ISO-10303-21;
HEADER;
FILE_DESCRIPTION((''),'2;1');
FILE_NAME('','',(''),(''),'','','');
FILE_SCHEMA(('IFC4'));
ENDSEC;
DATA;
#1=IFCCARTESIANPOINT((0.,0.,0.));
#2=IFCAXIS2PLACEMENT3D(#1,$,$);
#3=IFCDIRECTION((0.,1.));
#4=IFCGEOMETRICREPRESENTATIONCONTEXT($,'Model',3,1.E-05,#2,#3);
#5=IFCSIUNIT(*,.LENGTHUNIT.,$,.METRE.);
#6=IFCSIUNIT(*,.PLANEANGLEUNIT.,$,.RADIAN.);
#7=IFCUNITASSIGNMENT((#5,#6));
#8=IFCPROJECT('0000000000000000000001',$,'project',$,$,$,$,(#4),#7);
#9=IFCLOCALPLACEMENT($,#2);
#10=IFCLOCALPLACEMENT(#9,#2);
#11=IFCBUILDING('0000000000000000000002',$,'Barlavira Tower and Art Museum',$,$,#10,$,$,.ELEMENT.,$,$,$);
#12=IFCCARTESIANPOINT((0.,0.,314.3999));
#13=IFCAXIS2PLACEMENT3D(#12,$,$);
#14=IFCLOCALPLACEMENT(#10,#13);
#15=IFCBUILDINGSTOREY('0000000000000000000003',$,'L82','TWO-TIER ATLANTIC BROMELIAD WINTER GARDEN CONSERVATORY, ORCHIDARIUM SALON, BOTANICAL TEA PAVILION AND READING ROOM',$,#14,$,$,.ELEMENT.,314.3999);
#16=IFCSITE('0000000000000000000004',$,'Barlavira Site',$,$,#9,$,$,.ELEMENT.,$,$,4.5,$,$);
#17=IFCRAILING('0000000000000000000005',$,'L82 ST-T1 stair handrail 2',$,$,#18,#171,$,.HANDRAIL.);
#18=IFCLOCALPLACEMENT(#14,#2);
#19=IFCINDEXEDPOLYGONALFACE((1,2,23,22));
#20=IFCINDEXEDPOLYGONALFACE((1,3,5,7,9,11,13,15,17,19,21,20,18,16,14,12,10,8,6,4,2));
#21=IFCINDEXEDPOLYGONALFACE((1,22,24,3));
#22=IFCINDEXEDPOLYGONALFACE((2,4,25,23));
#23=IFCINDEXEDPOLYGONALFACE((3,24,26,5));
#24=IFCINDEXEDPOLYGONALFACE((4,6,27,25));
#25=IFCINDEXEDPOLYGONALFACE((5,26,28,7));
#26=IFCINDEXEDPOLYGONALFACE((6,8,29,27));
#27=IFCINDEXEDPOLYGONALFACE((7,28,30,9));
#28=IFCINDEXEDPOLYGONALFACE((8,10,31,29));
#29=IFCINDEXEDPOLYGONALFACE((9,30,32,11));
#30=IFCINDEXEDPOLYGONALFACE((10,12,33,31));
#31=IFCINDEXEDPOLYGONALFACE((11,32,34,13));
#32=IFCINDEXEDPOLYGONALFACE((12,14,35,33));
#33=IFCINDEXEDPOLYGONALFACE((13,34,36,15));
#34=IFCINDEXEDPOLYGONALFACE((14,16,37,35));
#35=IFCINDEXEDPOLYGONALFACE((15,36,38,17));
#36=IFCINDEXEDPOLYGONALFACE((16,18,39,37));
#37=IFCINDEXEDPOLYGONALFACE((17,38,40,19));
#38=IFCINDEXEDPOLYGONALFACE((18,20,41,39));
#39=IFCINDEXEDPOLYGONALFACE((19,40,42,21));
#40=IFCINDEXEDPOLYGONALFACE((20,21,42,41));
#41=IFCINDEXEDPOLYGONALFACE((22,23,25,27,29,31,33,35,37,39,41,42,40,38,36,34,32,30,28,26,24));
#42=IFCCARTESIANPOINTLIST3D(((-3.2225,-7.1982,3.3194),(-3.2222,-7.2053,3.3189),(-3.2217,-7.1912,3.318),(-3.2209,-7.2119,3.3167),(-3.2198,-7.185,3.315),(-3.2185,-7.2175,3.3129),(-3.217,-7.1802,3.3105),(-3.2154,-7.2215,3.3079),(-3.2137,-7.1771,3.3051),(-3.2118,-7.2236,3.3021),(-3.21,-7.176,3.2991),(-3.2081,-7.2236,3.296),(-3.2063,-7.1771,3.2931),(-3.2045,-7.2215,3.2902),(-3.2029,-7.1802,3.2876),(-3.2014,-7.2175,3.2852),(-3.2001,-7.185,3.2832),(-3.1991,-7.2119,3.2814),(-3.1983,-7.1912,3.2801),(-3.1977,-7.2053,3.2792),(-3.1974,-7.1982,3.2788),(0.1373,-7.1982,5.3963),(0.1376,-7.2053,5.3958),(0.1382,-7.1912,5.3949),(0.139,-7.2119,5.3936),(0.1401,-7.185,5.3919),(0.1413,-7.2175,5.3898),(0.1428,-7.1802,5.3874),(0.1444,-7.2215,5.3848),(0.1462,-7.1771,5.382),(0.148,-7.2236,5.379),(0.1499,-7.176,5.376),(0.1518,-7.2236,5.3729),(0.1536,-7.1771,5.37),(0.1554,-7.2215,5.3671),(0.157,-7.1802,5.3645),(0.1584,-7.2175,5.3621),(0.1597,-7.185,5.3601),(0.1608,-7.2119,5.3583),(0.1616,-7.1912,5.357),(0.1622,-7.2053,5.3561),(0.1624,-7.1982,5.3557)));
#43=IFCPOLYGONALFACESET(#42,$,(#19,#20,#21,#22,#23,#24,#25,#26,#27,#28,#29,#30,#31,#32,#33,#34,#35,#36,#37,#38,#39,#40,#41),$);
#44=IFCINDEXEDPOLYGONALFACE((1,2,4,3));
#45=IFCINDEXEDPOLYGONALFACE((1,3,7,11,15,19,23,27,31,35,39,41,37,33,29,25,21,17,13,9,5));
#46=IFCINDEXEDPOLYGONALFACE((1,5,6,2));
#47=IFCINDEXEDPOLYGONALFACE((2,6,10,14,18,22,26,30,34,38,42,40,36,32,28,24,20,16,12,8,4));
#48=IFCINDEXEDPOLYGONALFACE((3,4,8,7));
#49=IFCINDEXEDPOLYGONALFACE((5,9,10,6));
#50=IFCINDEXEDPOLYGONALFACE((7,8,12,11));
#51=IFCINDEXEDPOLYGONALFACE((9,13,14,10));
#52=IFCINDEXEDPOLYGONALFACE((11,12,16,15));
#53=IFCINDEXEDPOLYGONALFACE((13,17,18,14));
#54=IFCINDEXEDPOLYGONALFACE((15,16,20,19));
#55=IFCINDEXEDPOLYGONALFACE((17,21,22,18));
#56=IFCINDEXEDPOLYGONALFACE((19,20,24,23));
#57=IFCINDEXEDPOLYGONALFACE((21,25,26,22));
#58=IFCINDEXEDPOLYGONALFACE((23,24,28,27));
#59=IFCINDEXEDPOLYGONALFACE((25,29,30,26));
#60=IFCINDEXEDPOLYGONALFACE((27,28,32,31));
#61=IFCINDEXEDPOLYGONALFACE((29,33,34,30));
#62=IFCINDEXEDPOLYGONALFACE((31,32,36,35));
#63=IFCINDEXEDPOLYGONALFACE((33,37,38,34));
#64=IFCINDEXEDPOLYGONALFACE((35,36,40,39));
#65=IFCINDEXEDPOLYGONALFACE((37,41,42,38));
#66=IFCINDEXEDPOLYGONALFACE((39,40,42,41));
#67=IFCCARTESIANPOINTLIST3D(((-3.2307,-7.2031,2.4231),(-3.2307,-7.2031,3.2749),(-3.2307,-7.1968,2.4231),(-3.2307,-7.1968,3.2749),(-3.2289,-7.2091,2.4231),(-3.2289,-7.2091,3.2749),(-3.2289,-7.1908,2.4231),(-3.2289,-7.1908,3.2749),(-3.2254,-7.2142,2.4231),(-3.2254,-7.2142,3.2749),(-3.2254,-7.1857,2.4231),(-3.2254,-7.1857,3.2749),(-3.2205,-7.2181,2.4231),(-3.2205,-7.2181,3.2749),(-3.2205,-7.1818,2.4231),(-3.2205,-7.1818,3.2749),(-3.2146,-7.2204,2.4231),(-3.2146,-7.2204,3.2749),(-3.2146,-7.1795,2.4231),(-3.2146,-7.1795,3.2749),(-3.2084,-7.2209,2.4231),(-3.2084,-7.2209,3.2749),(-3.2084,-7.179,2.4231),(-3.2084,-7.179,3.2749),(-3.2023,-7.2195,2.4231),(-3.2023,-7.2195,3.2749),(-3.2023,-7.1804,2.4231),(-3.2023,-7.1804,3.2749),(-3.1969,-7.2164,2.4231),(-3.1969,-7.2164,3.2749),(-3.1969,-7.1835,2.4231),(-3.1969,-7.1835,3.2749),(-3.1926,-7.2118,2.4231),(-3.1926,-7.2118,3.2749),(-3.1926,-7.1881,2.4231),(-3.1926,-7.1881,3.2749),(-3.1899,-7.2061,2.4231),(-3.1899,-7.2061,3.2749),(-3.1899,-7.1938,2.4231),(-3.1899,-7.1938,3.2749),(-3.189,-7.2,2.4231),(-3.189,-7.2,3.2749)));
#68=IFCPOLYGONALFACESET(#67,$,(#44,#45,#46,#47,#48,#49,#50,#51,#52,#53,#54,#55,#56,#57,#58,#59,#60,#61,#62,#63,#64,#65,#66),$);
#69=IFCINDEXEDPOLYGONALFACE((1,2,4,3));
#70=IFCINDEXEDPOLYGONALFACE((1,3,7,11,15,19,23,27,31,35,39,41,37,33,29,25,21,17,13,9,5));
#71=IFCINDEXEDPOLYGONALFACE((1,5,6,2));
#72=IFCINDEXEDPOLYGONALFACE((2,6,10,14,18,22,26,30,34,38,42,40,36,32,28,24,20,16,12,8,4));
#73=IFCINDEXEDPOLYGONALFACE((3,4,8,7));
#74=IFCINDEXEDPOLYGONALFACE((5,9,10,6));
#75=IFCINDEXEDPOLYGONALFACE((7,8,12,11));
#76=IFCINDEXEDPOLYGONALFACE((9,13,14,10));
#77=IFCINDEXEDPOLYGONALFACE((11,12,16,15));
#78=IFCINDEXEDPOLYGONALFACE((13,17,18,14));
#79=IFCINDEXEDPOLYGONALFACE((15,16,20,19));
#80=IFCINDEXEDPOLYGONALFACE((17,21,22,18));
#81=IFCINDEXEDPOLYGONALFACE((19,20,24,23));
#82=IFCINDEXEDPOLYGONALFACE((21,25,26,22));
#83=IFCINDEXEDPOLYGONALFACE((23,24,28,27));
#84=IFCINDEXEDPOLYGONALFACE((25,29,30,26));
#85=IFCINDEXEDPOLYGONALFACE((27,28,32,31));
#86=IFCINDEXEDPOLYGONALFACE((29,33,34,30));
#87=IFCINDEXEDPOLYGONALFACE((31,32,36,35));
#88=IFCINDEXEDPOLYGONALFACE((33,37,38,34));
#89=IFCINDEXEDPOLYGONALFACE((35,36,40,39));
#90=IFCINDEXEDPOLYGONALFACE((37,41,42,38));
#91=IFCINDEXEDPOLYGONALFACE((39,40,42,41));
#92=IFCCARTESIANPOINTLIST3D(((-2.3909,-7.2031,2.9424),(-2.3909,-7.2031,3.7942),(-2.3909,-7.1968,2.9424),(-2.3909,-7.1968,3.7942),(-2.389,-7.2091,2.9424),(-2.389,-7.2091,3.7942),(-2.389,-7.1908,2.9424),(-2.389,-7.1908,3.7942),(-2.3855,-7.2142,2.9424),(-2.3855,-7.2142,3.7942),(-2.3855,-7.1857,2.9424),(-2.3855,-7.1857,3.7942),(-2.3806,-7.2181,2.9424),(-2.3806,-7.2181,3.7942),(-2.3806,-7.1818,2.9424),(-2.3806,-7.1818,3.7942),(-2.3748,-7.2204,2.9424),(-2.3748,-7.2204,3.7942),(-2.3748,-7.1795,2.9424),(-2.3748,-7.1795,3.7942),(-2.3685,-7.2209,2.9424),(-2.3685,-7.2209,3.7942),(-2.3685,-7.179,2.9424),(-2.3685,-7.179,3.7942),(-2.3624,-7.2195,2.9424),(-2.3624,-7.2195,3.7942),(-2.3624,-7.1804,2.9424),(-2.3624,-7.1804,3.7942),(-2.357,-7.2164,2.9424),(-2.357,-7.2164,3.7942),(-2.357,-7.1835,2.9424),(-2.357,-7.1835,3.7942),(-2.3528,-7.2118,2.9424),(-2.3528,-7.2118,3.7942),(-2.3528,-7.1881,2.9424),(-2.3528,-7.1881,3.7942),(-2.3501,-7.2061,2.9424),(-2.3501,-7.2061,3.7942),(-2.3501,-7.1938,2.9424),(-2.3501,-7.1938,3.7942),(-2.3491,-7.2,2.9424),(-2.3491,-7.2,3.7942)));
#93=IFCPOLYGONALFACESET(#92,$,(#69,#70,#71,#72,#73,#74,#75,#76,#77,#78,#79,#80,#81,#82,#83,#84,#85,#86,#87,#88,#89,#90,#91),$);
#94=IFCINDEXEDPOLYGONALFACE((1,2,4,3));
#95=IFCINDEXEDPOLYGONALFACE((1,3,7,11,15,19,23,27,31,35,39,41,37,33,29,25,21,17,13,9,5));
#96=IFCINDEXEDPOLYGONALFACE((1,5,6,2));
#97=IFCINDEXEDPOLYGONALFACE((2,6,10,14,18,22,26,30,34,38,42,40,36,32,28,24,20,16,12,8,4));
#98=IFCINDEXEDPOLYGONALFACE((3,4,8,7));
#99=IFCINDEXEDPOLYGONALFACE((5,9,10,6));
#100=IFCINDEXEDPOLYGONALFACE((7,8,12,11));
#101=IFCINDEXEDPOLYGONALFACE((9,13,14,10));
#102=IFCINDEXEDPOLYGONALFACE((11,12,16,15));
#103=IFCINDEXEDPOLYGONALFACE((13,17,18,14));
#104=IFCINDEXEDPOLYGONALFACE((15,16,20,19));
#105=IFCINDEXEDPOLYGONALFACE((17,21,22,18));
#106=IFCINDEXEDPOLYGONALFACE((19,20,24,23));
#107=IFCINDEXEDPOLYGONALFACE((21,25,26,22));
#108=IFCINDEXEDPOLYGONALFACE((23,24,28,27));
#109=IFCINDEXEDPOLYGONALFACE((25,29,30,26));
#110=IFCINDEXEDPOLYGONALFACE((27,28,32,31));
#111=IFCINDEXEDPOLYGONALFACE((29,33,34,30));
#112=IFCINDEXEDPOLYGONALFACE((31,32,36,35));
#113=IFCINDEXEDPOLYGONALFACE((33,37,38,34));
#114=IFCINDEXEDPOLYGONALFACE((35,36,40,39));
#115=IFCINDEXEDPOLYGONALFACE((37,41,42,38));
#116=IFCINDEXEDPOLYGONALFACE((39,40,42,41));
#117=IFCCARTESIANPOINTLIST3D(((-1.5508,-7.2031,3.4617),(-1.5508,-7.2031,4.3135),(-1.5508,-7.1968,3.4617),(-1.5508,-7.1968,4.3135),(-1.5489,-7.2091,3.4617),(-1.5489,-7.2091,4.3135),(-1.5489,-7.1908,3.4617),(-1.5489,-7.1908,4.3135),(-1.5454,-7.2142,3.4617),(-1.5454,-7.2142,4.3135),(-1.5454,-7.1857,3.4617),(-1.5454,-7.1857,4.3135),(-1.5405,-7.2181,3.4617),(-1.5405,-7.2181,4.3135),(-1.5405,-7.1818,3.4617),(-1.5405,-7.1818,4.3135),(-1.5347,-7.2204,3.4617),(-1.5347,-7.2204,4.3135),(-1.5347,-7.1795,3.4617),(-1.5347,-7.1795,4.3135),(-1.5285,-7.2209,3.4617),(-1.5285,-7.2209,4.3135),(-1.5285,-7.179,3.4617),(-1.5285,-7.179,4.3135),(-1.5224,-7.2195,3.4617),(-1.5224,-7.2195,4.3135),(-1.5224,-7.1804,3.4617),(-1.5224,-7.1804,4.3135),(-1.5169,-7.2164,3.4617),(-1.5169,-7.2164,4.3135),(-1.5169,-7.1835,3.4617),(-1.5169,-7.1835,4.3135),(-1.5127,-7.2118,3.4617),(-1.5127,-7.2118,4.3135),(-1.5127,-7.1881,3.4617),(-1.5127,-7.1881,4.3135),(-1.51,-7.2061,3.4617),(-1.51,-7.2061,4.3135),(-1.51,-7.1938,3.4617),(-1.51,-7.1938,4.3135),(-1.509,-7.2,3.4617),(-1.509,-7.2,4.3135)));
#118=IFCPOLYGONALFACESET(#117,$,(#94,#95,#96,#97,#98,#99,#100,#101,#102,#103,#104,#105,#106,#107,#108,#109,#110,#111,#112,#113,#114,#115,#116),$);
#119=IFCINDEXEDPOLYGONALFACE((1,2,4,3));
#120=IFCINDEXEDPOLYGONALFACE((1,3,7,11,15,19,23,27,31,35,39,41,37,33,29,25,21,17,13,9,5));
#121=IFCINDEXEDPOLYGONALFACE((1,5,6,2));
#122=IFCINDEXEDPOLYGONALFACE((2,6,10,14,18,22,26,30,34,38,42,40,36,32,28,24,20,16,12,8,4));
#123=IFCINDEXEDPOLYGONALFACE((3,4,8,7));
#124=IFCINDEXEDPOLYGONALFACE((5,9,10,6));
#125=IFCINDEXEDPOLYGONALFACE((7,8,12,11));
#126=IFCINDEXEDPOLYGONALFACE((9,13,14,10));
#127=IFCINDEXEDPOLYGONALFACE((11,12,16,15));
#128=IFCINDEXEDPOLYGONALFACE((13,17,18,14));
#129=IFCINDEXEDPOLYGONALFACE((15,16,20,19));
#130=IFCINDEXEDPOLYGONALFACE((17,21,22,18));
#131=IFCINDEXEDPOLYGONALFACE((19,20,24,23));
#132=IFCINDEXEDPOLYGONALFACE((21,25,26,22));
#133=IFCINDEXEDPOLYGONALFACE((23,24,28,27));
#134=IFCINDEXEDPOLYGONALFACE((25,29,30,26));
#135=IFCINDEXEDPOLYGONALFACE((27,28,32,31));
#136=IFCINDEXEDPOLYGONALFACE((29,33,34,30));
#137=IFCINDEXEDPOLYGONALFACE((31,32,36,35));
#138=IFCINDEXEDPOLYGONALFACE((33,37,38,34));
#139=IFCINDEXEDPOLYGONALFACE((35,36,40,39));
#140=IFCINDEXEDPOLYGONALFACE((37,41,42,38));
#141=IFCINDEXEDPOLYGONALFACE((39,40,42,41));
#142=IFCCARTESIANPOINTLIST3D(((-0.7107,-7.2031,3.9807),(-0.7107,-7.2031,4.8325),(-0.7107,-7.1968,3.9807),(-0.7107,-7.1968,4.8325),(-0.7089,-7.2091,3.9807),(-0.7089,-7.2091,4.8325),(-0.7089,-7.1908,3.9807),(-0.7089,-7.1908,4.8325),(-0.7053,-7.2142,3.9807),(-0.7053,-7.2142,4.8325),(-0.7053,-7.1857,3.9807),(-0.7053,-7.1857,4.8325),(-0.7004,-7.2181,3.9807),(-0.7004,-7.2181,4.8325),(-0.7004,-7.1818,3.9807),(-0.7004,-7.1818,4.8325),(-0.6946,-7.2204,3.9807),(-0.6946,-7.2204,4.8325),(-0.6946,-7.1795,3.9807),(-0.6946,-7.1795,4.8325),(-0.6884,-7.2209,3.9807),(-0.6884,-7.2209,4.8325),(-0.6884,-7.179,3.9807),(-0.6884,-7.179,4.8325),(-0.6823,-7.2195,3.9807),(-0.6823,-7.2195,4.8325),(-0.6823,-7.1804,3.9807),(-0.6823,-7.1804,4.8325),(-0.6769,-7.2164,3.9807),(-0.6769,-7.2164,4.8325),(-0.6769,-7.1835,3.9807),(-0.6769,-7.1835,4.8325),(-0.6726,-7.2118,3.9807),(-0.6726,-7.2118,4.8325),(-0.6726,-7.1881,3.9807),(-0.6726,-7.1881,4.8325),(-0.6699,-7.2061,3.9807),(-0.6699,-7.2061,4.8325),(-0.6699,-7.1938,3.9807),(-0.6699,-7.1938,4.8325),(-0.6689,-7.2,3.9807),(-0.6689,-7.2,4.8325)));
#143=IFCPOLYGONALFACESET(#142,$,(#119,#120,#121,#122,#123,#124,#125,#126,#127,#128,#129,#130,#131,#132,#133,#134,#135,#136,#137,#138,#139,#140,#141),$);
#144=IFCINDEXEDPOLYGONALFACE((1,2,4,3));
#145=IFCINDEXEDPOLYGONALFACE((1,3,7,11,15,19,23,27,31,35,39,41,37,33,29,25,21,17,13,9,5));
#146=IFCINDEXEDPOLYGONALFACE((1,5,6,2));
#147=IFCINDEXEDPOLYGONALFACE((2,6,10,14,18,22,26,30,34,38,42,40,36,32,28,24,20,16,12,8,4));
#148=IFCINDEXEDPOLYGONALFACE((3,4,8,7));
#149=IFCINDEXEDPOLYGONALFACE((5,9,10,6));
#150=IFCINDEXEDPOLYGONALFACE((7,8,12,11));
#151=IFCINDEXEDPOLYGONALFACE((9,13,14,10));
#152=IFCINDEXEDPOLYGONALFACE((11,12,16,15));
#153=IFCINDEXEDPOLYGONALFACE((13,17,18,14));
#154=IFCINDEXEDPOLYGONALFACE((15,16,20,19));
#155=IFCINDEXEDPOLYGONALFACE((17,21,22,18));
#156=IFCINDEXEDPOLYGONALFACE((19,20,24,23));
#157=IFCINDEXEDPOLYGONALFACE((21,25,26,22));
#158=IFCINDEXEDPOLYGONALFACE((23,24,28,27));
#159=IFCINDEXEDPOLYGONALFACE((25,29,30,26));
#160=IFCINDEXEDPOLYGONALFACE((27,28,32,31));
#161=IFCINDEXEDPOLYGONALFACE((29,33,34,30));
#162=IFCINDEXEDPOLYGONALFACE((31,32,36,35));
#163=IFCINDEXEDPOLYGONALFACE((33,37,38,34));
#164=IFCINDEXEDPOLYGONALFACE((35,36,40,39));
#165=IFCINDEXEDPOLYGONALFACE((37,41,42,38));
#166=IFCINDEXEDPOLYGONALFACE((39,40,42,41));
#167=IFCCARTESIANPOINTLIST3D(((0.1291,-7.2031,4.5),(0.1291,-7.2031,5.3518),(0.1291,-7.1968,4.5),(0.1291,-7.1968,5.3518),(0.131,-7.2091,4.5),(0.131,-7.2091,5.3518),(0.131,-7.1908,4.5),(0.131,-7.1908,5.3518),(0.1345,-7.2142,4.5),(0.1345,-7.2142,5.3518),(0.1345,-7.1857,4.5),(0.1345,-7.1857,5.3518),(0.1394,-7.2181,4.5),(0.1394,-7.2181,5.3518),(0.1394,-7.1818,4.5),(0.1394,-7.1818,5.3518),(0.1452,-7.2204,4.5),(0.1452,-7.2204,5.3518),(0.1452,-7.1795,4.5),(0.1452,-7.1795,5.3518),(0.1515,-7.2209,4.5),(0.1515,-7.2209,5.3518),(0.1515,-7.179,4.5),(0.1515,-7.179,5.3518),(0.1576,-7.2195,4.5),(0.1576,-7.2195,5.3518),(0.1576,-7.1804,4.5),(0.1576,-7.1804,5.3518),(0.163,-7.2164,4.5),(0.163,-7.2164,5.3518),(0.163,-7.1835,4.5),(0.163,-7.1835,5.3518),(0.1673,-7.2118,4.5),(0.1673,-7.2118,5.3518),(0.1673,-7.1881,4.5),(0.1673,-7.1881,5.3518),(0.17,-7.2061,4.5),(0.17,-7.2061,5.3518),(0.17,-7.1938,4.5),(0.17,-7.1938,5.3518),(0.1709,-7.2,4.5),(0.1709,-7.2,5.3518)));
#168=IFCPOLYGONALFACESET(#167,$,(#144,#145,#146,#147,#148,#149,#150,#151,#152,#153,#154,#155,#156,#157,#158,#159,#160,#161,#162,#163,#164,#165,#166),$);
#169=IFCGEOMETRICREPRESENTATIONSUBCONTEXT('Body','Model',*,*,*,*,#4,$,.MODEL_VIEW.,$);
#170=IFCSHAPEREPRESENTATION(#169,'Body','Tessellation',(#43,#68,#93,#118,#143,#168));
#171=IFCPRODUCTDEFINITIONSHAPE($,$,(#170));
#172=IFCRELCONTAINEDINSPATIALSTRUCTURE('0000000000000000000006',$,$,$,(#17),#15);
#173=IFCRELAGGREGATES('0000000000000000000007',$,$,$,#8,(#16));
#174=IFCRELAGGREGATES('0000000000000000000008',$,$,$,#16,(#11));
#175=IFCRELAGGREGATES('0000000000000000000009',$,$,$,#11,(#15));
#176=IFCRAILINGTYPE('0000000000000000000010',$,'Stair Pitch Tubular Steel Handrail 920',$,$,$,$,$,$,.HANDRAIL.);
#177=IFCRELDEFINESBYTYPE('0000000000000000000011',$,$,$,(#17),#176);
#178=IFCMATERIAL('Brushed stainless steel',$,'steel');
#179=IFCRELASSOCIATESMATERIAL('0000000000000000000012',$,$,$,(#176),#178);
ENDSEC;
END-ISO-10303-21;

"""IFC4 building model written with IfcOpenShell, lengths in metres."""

from ifc_helpers import new_model, si_unit, direction, frame, origin, origin_2d, place, context, subcontext, project, spatial, circle, extrude, material, type_object, element, save


model = new_model("IFC4")

# Units and contexts
model_context = context("Model", 3, precision=1e-05, world=origin(), true_north=direction((0.0, 1.0)))
body_context = subcontext(model_context, "Body", "Model", "MODEL_VIEW")
ifc_project = project(units=[si_unit("LENGTHUNIT", "METRE"), si_unit("PLANEANGLEUNIT", "RADIAN")], contexts=[model_context])

# Site, building, storey
site_placement = place(None, origin())
site = spatial("IfcSite", under=ifc_project, at=site_placement, Name="Barlavira Site", CompositionType="ELEMENT", RefElevation=4.5)
building_placement = place(site_placement, origin())
building = spatial("IfcBuilding", under=site, at=building_placement, Name="Barlavira Tower and Art Museum", CompositionType="ELEMENT")
storey_placement = place(building_placement, frame((0.0, 0.0, 314.3999)))
storey = spatial("IfcBuildingStorey", under=building, at=storey_placement, Name="L82", Description="TWO-TIER ATLANTIC BROMELIAD WINTER GARDEN CONSERVATORY, ORCHIDARIUM SALON, BOTANICAL TEA PAVILION AND READING ROOM", CompositionType="ELEMENT", Elevation=314.3999)

# Shared definitions
ifc_material_1 = material(Name="Brushed stainless steel", Category="steel")

# Railing
railing_type_1 = type_object("IfcRailingType", Name="Stair Pitch Tubular Steel Handrail 920", PredefinedType="HANDRAIL", material=ifc_material_1)
railing_1_placement = place(storey_placement, frame((-3.21, -7.2, 2.4231)))
element("IfcRailing", 1, at=railing_1_placement, inside=storey, type_object=railing_type_1, Name="L82 ST-T1 stair handrail 2", PredefinedType="HANDRAIL", context=body_context, shape_type="SweptSolid", body=[
    extrude(circle(Radius=0.0239, at=origin_2d()), frame((0.0, 0.0, 0.876), z_axis=(0.850606, 0.0, 0.525803), x_axis=(0.0, 1.0, 0.0)), (0.0, 0.0, 1.0), 3.95),
    extrude(circle(Radius=0.021, at=origin_2d()), origin(), (0.0, 0.0, 1.0), 0.8518),
    extrude(circle(Radius=0.021, at=origin_2d()), frame((0.8398, 0.0, 0.5193)), (0.0, 0.0, 1.0), 0.8518),
    extrude(circle(Radius=0.021, at=origin_2d()), frame((1.6799, 0.0, 1.0386)), (0.0, 0.0, 1.0), 0.8518),
    extrude(circle(Radius=0.021, at=origin_2d()), frame((2.52, 0.0, 1.5576)), (0.0, 0.0, 1.0), 0.8518),
    extrude(circle(Radius=0.021, at=origin_2d()), frame((3.3599, 0.0, 2.0769)), (0.0, 0.0, 1.0), 0.8518),
])

save(model, "model.ifc")
